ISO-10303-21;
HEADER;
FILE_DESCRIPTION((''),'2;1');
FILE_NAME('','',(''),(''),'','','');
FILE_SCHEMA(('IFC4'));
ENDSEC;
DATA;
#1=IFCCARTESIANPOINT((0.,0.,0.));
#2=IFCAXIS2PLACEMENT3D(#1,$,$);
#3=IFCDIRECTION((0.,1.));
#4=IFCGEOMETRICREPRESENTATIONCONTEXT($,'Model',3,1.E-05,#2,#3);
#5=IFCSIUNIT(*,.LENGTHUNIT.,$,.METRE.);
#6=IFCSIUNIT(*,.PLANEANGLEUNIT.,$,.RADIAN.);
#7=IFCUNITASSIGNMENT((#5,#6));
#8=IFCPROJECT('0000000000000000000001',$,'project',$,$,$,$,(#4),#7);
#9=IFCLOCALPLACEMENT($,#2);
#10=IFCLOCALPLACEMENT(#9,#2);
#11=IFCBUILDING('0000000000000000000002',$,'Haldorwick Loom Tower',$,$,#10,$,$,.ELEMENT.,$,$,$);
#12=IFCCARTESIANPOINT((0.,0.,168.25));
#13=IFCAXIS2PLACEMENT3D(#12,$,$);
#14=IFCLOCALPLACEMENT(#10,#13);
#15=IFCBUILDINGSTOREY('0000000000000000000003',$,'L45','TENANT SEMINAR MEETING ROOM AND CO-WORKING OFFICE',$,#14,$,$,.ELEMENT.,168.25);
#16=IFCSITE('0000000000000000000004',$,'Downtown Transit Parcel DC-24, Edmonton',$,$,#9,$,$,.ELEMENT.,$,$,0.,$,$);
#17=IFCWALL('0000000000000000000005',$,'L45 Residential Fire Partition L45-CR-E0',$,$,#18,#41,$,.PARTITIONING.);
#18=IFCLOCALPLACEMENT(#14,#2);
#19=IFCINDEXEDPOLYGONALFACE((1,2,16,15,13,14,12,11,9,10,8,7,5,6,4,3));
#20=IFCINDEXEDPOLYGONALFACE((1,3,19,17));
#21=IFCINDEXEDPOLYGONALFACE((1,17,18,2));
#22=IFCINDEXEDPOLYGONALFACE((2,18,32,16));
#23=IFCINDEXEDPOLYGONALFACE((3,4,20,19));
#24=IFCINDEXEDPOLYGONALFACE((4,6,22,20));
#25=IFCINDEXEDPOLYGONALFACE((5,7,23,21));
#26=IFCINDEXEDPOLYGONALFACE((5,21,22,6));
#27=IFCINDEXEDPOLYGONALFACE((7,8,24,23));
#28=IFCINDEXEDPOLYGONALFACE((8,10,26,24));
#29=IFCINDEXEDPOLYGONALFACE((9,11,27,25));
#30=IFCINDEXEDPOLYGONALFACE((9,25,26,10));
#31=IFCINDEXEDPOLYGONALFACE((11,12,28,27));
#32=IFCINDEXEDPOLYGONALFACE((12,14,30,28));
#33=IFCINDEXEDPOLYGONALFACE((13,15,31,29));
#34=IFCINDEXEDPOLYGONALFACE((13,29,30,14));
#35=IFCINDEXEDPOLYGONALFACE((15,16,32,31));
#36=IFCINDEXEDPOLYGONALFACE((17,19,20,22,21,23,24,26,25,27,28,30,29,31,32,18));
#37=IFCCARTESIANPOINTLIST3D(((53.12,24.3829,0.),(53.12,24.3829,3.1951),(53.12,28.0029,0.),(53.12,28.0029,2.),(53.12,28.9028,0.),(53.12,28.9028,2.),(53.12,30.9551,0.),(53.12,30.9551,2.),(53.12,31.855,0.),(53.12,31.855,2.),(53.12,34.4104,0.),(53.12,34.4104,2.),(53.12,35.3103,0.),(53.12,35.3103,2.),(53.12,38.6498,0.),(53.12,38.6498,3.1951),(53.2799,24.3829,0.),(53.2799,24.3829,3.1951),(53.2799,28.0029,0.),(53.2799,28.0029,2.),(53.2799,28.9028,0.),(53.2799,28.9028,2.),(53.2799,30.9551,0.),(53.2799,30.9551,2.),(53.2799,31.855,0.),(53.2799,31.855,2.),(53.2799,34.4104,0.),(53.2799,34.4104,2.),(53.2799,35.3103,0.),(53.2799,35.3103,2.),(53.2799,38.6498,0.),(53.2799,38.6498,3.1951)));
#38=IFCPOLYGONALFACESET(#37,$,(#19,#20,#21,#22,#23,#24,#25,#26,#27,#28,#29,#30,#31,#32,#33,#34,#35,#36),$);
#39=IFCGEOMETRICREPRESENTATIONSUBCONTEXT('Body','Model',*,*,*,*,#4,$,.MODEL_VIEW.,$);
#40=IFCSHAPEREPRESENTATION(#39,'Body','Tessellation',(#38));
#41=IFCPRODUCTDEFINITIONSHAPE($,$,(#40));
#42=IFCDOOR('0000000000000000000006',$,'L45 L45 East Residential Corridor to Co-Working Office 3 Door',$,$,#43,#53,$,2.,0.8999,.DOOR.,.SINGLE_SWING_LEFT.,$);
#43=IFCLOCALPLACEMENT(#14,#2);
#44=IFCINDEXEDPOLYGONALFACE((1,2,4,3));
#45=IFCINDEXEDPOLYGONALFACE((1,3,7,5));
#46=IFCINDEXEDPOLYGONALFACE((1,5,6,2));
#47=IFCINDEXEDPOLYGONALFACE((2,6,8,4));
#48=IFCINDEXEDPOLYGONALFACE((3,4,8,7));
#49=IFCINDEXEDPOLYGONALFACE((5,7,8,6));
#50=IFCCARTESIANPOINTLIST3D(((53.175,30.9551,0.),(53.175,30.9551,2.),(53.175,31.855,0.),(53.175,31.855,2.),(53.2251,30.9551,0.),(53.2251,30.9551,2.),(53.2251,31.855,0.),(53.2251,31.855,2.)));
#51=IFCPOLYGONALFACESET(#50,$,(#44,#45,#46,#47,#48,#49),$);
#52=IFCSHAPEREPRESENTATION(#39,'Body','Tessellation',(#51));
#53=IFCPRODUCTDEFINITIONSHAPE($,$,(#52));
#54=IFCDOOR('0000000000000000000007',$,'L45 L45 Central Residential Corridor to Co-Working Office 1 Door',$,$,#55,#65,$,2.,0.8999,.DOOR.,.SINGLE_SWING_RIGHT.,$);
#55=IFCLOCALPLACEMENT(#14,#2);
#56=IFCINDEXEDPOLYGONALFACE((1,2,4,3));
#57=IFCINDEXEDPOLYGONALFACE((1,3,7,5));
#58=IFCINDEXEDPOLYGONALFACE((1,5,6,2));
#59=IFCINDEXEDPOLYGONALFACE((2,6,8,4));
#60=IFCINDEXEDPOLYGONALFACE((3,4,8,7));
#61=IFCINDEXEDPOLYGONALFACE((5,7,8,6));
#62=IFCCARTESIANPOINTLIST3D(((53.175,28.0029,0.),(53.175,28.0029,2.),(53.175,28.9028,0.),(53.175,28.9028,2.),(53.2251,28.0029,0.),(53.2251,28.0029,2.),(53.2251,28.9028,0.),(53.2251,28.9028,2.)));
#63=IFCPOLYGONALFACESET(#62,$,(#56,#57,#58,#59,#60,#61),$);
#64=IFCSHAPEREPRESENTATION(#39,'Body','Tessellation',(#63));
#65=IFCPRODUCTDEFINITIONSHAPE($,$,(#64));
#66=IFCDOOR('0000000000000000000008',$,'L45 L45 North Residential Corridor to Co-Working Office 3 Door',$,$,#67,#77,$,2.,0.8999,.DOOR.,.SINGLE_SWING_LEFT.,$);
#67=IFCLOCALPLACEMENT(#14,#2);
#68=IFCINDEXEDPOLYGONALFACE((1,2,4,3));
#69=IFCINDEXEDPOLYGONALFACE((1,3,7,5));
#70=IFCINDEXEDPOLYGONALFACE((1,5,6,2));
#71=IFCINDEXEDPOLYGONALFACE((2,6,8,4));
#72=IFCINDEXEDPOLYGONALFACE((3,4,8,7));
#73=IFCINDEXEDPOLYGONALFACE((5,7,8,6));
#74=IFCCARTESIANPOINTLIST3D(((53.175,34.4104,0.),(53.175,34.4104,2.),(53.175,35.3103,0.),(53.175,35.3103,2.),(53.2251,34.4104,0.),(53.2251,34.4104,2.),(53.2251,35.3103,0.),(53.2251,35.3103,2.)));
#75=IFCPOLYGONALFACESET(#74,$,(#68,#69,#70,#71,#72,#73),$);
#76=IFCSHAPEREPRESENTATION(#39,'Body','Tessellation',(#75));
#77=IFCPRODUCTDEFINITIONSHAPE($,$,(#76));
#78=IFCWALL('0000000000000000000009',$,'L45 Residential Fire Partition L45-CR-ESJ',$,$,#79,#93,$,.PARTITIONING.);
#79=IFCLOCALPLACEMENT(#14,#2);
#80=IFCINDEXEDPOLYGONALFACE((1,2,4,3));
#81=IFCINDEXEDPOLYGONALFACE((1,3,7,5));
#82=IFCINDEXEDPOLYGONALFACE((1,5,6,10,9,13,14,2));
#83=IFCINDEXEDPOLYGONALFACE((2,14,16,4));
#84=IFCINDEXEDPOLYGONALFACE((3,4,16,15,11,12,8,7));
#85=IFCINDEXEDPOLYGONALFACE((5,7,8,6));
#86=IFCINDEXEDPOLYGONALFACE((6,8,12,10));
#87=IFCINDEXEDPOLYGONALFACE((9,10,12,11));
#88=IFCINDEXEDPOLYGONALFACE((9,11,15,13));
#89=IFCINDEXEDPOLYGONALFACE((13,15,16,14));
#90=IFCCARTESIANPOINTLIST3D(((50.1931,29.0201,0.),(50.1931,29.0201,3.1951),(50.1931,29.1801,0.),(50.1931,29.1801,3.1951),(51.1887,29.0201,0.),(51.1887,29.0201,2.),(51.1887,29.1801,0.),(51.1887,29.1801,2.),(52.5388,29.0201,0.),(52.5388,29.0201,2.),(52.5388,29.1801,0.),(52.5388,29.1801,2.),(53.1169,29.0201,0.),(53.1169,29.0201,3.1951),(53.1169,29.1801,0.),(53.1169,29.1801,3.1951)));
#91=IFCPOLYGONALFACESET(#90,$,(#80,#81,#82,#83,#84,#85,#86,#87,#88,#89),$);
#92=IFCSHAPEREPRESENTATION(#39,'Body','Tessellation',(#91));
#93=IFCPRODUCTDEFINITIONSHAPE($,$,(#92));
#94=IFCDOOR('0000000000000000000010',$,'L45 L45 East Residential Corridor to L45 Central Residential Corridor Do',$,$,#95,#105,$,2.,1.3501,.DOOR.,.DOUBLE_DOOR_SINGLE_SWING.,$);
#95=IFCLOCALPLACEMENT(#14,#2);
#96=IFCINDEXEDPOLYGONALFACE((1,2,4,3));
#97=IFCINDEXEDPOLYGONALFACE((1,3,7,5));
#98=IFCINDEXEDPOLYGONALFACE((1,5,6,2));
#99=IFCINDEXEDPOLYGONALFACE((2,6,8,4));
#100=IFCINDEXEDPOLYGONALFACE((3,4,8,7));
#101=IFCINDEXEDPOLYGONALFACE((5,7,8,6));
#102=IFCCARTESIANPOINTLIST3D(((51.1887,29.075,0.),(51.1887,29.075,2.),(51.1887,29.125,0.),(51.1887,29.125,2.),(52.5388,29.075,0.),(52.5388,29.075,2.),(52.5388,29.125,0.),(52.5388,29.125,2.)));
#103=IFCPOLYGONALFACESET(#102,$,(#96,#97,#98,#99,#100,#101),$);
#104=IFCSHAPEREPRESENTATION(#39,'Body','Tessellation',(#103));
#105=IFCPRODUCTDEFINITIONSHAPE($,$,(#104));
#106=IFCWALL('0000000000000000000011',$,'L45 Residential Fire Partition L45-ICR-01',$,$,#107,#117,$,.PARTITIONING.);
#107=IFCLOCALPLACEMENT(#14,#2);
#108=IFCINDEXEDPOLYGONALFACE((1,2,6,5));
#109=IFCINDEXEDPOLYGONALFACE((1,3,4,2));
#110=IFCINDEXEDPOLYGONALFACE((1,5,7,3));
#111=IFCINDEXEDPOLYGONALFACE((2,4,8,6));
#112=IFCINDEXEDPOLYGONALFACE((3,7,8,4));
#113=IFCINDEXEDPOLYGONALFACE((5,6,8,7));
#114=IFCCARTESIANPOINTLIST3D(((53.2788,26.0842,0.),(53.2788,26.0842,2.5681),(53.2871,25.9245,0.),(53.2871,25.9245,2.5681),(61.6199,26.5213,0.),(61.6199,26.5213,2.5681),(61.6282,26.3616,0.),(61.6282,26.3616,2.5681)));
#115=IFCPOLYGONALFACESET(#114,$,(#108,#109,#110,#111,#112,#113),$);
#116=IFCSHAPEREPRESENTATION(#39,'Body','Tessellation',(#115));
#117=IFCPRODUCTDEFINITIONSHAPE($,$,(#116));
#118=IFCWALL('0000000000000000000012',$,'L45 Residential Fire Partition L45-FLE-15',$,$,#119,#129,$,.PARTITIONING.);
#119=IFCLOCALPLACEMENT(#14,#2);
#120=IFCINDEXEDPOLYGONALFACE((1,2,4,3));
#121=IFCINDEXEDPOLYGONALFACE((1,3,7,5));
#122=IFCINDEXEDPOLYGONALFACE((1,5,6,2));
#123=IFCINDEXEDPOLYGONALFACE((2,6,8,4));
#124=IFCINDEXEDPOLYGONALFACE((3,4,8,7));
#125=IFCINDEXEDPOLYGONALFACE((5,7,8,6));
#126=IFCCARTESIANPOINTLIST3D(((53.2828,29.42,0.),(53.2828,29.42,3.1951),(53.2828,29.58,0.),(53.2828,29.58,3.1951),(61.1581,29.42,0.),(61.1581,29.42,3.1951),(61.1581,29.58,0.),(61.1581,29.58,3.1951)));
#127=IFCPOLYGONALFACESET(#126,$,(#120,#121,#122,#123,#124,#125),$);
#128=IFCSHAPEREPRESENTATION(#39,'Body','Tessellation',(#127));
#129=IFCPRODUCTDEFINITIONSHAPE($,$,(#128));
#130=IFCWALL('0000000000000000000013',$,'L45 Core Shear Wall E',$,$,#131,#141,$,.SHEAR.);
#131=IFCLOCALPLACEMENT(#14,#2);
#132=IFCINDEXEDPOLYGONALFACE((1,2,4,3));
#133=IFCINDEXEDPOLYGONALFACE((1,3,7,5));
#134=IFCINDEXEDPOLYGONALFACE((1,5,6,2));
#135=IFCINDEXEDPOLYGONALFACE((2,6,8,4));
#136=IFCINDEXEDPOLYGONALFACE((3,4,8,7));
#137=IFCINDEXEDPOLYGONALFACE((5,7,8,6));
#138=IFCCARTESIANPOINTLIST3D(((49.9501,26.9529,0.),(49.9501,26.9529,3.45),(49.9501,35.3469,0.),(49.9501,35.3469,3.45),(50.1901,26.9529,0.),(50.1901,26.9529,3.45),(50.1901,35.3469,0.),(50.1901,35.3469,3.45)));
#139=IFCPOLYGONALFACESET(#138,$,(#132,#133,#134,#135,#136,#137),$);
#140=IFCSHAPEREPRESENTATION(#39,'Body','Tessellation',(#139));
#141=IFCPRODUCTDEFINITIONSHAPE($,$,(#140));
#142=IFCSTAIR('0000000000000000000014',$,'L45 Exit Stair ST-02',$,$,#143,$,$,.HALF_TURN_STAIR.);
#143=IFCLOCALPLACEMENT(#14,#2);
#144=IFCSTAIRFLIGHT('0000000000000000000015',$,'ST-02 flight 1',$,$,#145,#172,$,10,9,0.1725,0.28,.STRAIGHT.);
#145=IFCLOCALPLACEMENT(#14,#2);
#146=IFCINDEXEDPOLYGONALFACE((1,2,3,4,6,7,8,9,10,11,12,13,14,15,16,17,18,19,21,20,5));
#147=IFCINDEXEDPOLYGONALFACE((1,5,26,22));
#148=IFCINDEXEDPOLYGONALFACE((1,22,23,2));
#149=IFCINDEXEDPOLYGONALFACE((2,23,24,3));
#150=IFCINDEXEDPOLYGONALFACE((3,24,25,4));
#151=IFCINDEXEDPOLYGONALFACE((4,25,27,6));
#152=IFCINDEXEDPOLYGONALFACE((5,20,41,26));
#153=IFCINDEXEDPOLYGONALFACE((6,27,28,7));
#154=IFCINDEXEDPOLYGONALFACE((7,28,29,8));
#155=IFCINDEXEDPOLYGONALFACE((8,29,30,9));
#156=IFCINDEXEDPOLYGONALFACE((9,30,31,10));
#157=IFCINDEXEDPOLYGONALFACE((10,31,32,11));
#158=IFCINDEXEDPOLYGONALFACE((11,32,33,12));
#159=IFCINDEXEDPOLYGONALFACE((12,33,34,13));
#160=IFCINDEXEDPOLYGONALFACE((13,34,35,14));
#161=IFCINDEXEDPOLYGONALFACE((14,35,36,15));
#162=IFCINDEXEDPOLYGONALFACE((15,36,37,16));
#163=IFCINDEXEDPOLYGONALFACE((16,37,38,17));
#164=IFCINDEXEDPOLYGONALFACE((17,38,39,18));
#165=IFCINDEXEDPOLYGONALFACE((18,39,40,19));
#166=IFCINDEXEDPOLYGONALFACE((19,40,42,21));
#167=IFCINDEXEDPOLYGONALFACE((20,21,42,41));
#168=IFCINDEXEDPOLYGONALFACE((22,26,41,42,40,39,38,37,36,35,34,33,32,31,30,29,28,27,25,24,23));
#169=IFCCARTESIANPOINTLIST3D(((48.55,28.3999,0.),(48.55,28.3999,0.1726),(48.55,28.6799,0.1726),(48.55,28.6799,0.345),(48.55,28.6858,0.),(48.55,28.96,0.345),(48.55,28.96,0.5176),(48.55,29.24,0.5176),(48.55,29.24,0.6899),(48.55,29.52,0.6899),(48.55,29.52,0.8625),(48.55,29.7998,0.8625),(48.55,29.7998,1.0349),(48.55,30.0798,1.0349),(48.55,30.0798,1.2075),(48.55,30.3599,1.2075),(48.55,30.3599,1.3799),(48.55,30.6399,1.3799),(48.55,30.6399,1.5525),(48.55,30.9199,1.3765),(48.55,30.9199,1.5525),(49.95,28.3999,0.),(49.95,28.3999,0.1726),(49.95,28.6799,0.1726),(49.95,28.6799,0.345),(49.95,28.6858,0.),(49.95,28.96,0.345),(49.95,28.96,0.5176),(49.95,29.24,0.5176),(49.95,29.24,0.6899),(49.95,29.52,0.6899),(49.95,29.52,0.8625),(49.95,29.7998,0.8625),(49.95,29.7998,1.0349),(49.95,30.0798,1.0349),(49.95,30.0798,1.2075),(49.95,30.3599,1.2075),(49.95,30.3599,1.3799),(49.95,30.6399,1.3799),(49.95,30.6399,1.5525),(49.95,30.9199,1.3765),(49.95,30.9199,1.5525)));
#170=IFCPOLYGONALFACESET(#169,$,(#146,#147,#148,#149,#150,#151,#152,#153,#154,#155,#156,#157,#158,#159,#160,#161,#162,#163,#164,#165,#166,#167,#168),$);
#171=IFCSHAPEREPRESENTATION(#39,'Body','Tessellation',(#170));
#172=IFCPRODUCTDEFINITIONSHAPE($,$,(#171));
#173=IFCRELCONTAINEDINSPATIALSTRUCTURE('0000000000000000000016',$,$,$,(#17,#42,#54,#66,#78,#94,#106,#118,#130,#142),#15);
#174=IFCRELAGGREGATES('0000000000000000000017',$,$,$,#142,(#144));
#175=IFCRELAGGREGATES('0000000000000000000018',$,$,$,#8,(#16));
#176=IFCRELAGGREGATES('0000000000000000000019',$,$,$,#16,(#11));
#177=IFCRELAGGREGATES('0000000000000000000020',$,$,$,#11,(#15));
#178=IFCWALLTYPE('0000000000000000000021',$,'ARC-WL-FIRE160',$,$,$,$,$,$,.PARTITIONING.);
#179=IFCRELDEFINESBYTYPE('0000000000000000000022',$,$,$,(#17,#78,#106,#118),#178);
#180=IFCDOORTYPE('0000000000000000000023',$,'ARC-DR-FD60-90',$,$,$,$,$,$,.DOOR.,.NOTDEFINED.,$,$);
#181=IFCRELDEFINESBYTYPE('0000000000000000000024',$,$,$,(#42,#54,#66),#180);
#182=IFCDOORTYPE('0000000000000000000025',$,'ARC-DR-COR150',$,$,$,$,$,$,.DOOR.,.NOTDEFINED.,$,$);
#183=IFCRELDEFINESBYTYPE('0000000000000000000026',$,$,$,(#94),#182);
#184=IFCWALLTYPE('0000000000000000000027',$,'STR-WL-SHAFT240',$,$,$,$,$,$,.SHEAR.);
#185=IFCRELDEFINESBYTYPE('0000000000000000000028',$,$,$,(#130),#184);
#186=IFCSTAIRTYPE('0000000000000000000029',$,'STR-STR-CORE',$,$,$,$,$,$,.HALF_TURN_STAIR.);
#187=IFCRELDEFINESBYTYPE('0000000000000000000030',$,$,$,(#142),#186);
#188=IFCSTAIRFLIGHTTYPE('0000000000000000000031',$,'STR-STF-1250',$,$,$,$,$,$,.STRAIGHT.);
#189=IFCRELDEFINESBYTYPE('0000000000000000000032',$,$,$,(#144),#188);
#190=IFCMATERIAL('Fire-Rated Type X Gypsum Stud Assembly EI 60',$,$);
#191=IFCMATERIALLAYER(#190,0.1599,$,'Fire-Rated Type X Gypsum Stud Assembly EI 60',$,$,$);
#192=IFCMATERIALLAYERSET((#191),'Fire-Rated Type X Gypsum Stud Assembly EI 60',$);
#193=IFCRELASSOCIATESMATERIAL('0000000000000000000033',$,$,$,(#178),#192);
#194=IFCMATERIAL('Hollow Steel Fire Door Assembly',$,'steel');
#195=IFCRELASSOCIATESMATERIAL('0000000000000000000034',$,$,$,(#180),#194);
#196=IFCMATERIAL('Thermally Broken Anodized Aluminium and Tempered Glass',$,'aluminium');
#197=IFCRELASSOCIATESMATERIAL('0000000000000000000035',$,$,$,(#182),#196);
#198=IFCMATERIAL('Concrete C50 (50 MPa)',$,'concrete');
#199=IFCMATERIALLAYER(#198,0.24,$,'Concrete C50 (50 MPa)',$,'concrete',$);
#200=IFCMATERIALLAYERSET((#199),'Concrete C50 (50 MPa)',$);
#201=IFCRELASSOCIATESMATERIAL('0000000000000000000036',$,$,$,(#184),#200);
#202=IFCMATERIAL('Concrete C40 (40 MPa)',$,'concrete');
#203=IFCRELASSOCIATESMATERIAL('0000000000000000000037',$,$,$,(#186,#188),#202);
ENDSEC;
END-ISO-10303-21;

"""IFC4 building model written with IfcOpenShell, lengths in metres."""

from ifc_helpers import new_model, si_unit, direction, frame, frame_2d, origin, place, context, subcontext, project, spatial, polyline, rectangle, outline, extrude, material, layer, layer_set, type_object, element, fill, aggregate, save


model = new_model("IFC4")

# Units and contexts
model_context = context("Model", 3, precision=1e-05, world=origin(), true_north=direction((0.0, 1.0)))
body_context = subcontext(model_context, "Body", "Model", "MODEL_VIEW")
ifc_project = project(units=[si_unit("LENGTHUNIT", "METRE"), si_unit("PLANEANGLEUNIT", "RADIAN")], contexts=[model_context])

# Site, building, storey
site_placement = place(None, origin())
site = spatial("IfcSite", under=ifc_project, at=site_placement, Name="Downtown Transit Parcel DC-24, Edmonton", CompositionType="ELEMENT", RefElevation=0.0)
building_placement = place(site_placement, origin())
building = spatial("IfcBuilding", under=site, at=building_placement, Name="Haldorwick Loom Tower", CompositionType="ELEMENT")
storey_placement = place(building_placement, frame((0.0, 0.0, 168.25)))
storey = spatial("IfcBuildingStorey", under=building, at=storey_placement, Name="L45", Description="TENANT SEMINAR MEETING ROOM AND CO-WORKING OFFICE", CompositionType="ELEMENT", Elevation=168.25)

# Wall, openings, doors
ifc_material_1 = material(Name="Fire-Rated Type X Gypsum Stud Assembly EI 60")
ifc_layer_1 = layer(ifc_material_1, 0.1599, Name="Fire-Rated Type X Gypsum Stud Assembly EI 60")
ifc_layer_set_1 = layer_set([ifc_layer_1], Name="Fire-Rated Type X Gypsum Stud Assembly EI 60")
wall_type_1 = type_object("IfcWallType", Name="ARC-WL-FIRE160", PredefinedType="PARTITIONING", material=ifc_layer_set_1)
wall_1_placement = place(storey_placement, frame((53.2, 24.3831, 0.0), z_axis=(0.0, 0.0, 1.0), x_axis=(0.0, 1.0, 0.0)))
wall_1 = element("IfcWall", 1, at=wall_1_placement, inside=storey, type_object=wall_type_1, Name="L45 Residential Fire Partition L45-CR-E0", PredefinedType="PARTITIONING", context=body_context, shape_type="SweptSolid", body=[
    extrude(rectangle(XDim=14.2668, YDim=0.1599, at=frame_2d((7.1333, 0.0))), origin(), (0.0, 0.0, 1.0), 3.1951),
])
opening_1_placement = place(wall_1_placement, frame((6.572, 0.0, 0.0)))
opening_1 = element("IfcOpeningElement", 2, at=opening_1_placement, cuts=wall_1, PredefinedType="OPENING", context=body_context, shape_type="SweptSolid", body=[
    extrude(rectangle(XDim=0.8999, YDim=2.0, at=frame_2d((0.45, 1.0))), frame((0.0, 0.0898, 0.0), z_axis=(0.0, -1.0, 0.0), x_axis=(1.0, 0.0, 0.0)), (0.0, 0.0, 1.0), 0.1799),
])
opening_2_placement = place(wall_1_placement, frame((3.6199, 0.0, 0.0)))
opening_2 = element("IfcOpeningElement", 3, at=opening_2_placement, cuts=wall_1, PredefinedType="OPENING", context=body_context, shape_type="SweptSolid", body=[
    extrude(rectangle(XDim=0.8999, YDim=2.0, at=frame_2d((0.45, 1.0))), frame((0.0, 0.0898, 0.0), z_axis=(0.0, -1.0, 0.0), x_axis=(1.0, 0.0, 0.0)), (0.0, 0.0, 1.0), 0.1799),
])
opening_3_placement = place(wall_1_placement, frame((10.0273, 0.0, 0.0)))
opening_3 = element("IfcOpeningElement", 4, at=opening_3_placement, cuts=wall_1, PredefinedType="OPENING", context=body_context, shape_type="SweptSolid", body=[
    extrude(rectangle(XDim=0.8999, YDim=2.0, at=frame_2d((0.45, 1.0))), frame((0.0, 0.0898, 0.0), z_axis=(0.0, -1.0, 0.0), x_axis=(1.0, 0.0, 0.0)), (0.0, 0.0, 1.0), 0.1799),
])
ifc_material_2 = material(Name="Hollow Steel Fire Door Assembly", Category="steel")
door_type_1 = type_object("IfcDoorType", Name="ARC-DR-FD60-90", OperationType="NOTDEFINED", PredefinedType="DOOR", material=ifc_material_2)
door_1_placement = place(opening_1_placement, origin())
door_1 = element("IfcDoor", 5, at=door_1_placement, inside=storey, type_object=door_type_1, Name="L45 L45 East Residential Corridor to Co-Working Office 3 Door", OperationType="SINGLE_SWING_LEFT", OverallHeight=2.0, OverallWidth=0.8999, PredefinedType="DOOR", context=body_context, shape_type="SweptSolid", body=[
    extrude(rectangle(XDim=0.8999, YDim=2.0, at=frame_2d((0.45, 1.0))), frame((0.0, 0.0249, 0.0), z_axis=(0.0, -1.0, 0.0), x_axis=(1.0, 0.0, 0.0)), (0.0, 0.0, 1.0), 0.05),
])
fill(opening_1, door_1)
door_2_placement = place(opening_2_placement, origin())
door_2 = element("IfcDoor", 6, at=door_2_placement, inside=storey, type_object=door_type_1, Name="L45 L45 Central Residential Corridor to Co-Working Office 1 Door", OperationType="SINGLE_SWING_RIGHT", OverallHeight=2.0, OverallWidth=0.8999, PredefinedType="DOOR", context=body_context, shape_type="SweptSolid", body=[
    extrude(rectangle(XDim=0.8999, YDim=2.0, at=frame_2d((0.45, 1.0))), frame((0.0, 0.0249, 0.0), z_axis=(0.0, -1.0, 0.0), x_axis=(1.0, 0.0, 0.0)), (0.0, 0.0, 1.0), 0.05),
])
fill(opening_2, door_2)
door_3_placement = place(opening_3_placement, origin())
door_3 = element("IfcDoor", 7, at=door_3_placement, inside=storey, type_object=door_type_1, Name="L45 L45 North Residential Corridor to Co-Working Office 3 Door", OperationType="SINGLE_SWING_LEFT", OverallHeight=2.0, OverallWidth=0.8999, PredefinedType="DOOR", context=body_context, shape_type="SweptSolid", body=[
    extrude(rectangle(XDim=0.8999, YDim=2.0, at=frame_2d((0.45, 1.0))), frame((0.0, 0.0249, 0.0), z_axis=(0.0, -1.0, 0.0), x_axis=(1.0, 0.0, 0.0)), (0.0, 0.0, 1.0), 0.05),
])
fill(opening_3, door_3)

# Wall, opening, door
wall_2_placement = place(storey_placement, frame((50.1931, 29.1001, 0.0), z_axis=(0.0, 0.0, 1.0), x_axis=(1.0, 0.0, 0.0)))
wall_2 = element("IfcWall", 8, at=wall_2_placement, inside=storey, type_object=wall_type_1, Name="L45 Residential Fire Partition L45-CR-ESJ", PredefinedType="PARTITIONING", context=body_context, shape_type="SweptSolid", body=[
    extrude(rectangle(XDim=2.9238, YDim=0.1599, at=frame_2d((1.4619, 0.0))), origin(), (0.0, 0.0, 1.0), 3.1951),
])
opening_4_placement = place(wall_2_placement, frame((0.9956, 0.0, 0.0)))
opening_4 = element("IfcOpeningElement", 9, at=opening_4_placement, cuts=wall_2, PredefinedType="OPENING", context=body_context, shape_type="SweptSolid", body=[
    extrude(rectangle(XDim=1.3501, YDim=2.0, at=frame_2d((0.675, 1.0))), frame((0.0, 0.0898, 0.0), z_axis=(0.0, -1.0, 0.0), x_axis=(1.0, 0.0, 0.0)), (0.0, 0.0, 1.0), 0.1799),
])
ifc_material_3 = material(Name="Thermally Broken Anodized Aluminium and Tempered Glass", Category="aluminium")
door_type_2 = type_object("IfcDoorType", Name="ARC-DR-COR150", OperationType="NOTDEFINED", PredefinedType="DOOR", material=ifc_material_3)
door_4_placement = place(opening_4_placement, origin())
door_4 = element("IfcDoor", 10, at=door_4_placement, inside=storey, type_object=door_type_2, Name="L45 L45 East Residential Corridor to L45 Central Residential Corridor Do", OperationType="DOUBLE_DOOR_SINGLE_SWING", OverallHeight=2.0, OverallWidth=1.3501, PredefinedType="DOOR", context=body_context, shape_type="SweptSolid", body=[
    extrude(rectangle(XDim=1.3501, YDim=2.0, at=frame_2d((0.675, 1.0))), frame((0.0, 0.0249, 0.0), z_axis=(0.0, -1.0, 0.0), x_axis=(1.0, 0.0, 0.0)), (0.0, 0.0, 1.0), 0.05),
])
fill(opening_4, door_4)

# Walls
wall_3_placement = place(storey_placement, frame((53.283, 26.0044, 0.0), z_axis=(0.0, 0.0, 1.0), x_axis=(0.99863, 0.052321, 0.0)))
element("IfcWall", 11, at=wall_3_placement, inside=storey, type_object=wall_type_1, Name="L45 Residential Fire Partition L45-ICR-01", PredefinedType="PARTITIONING", context=body_context, shape_type="SweptSolid", body=[
    extrude(rectangle(XDim=8.3525, YDim=0.1599, at=frame_2d((4.1763, 0.0))), origin(), (0.0, 0.0, 1.0), 2.5681),
])
wall_4_placement = place(storey_placement, frame((53.283, 29.5, 0.0), z_axis=(0.0, 0.0, 1.0), x_axis=(1.0, 0.0, 0.0)))
element("IfcWall", 12, at=wall_4_placement, inside=storey, type_object=wall_type_1, Name="L45 Residential Fire Partition L45-FLE-15", PredefinedType="PARTITIONING", context=body_context, shape_type="SweptSolid", body=[
    extrude(rectangle(XDim=7.8752, YDim=0.1599, at=frame_2d((3.9375, 0.0))), origin(), (0.0, 0.0, 1.0), 3.1951),
])
ifc_material_4 = material(Name="Concrete C50 (50 MPa)", Category="concrete")
ifc_layer_2 = layer(ifc_material_4, 0.24, Name="Concrete C50 (50 MPa)", Category="concrete")
ifc_layer_set_2 = layer_set([ifc_layer_2], Name="Concrete C50 (50 MPa)")
wall_type_2 = type_object("IfcWallType", Name="STR-WL-SHAFT240", PredefinedType="SHEAR", material=ifc_layer_set_2)
wall_5_placement = place(storey_placement, frame((50.0701, 26.9529, 0.0), z_axis=(0.0, 0.0, 1.0), x_axis=(0.0, 1.0, 0.0)))
element("IfcWall", 13, at=wall_5_placement, inside=storey, type_object=wall_type_2, Name="L45 Core Shear Wall E", PredefinedType="SHEAR", context=body_context, shape_type="SweptSolid", body=[
    extrude(rectangle(XDim=8.394, YDim=0.24, at=frame_2d((4.197, 0.0))), origin(), (0.0, 0.0, 1.0), 3.45),
])

# Stair, stair flight
ifc_material_5 = material(Name="Concrete C40 (40 MPa)", Category="concrete")
stair_type = type_object("IfcStairType", Name="STR-STR-CORE", PredefinedType="HALF_TURN_STAIR", material=ifc_material_5)
stair_placement = place(storey_placement, origin())
stair = element("IfcStair", 14, at=stair_placement, inside=storey, type_object=stair_type, Name="L45 Exit Stair ST-02", PredefinedType="HALF_TURN_STAIR")
stair_flight_type = type_object("IfcStairFlightType", Name="STR-STF-1250", PredefinedType="STRAIGHT", material=ifc_material_5)
stair_flight_placement = place(storey_placement, frame((49.25, 28.3999, 0.0), z_axis=(0.0, 0.0, 1.0), x_axis=(0.0, 1.0, 0.0)))
stair_flight = element("IfcStairFlight", 15, at=stair_flight_placement, type_object=stair_flight_type, Name="ST-02 flight 1", NumberOfRisers=10, NumberOfTreads=9, PredefinedType="STRAIGHT", RiserHeight=0.1725, TreadLength=0.28, context=body_context, shape_type="SweptSolid", body=[
    extrude(outline(polyline([(0.0, 0.0), (0.0, 0.1726), (0.28, 0.1726), (0.28, 0.345), (0.5601, 0.345), (0.5601, 0.5176), (0.8401, 0.5176), (0.8401, 0.6899), (1.1201, 0.6899), (1.1201, 0.8625), (1.3999, 0.8625), (1.3999, 1.0349), (1.6799, 1.0349), (1.6799, 1.2075), (1.96, 1.2075), (1.96, 1.3799), (2.24, 1.3799), (2.24, 1.5525), (2.52, 1.5525), (2.52, 1.7251), (2.52, 1.3765), (0.2859, 0.0), (0.0, 0.0)])), frame((0.0, 0.7, 0.0), z_axis=(0.0, -1.0, 0.0), x_axis=(1.0, 0.0, 0.0)), (0.0, 0.0, 1.0), 1.3999),
])
aggregate(stair, [stair_flight])

save(model, "model.ifc")
